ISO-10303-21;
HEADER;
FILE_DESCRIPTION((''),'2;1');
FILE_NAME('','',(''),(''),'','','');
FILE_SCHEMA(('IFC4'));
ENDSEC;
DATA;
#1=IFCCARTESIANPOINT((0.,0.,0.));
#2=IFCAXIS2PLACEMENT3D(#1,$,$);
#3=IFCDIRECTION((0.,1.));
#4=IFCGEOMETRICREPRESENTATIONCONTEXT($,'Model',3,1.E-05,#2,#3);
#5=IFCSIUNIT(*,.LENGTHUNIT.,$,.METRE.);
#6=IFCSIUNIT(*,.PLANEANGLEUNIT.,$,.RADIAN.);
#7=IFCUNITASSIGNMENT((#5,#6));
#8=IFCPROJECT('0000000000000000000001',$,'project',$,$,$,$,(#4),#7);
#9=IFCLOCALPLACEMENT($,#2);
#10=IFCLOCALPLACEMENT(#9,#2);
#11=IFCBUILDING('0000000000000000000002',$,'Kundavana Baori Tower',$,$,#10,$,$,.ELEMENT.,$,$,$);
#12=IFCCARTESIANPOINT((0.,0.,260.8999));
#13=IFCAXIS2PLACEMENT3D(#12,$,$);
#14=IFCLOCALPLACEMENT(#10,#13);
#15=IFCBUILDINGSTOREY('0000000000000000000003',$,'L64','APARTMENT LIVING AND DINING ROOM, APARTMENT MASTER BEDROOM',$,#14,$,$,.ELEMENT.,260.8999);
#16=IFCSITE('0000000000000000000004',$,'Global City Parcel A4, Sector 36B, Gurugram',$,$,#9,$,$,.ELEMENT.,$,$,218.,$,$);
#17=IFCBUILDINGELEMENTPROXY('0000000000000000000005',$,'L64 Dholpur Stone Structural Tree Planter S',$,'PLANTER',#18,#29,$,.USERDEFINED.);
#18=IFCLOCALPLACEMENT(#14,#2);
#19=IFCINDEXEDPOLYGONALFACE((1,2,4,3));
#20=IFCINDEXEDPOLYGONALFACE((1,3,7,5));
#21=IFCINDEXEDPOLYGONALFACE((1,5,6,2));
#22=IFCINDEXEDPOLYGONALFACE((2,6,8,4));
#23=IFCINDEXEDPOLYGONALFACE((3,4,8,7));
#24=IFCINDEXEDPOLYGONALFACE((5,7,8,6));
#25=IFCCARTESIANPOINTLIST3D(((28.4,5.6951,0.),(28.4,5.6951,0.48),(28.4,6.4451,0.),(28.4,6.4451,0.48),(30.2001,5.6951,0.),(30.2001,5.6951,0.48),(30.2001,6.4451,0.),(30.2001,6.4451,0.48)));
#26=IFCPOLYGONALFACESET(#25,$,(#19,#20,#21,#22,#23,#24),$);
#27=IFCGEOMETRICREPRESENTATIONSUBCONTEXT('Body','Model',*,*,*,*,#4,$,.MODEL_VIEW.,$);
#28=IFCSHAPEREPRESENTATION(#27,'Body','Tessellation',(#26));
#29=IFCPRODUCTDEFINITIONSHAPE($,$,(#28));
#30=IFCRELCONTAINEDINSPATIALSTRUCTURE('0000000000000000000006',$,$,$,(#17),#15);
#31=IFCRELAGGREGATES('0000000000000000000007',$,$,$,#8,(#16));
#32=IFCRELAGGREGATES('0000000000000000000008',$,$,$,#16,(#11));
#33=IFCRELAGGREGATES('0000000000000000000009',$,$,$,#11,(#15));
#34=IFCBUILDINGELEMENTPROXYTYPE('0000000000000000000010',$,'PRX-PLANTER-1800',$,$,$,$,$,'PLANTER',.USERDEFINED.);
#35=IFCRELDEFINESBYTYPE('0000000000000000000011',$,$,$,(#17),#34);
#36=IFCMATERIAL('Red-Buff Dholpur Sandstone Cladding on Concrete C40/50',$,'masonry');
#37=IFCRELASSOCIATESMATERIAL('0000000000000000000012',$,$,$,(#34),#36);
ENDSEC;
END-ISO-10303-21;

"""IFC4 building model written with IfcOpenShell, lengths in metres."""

from ifc_helpers import new_model, si_unit, direction, frame, origin, origin_2d, place, context, subcontext, project, spatial, rectangle, extrude, material, type_object, element, save


model = new_model("IFC4")

# Units and contexts
model_context = context("Model", 3, precision=1e-05, world=origin(), true_north=direction((0.0, 1.0)))
body_context = subcontext(model_context, "Body", "Model", "MODEL_VIEW")
ifc_project = project(units=[si_unit("LENGTHUNIT", "METRE"), si_unit("PLANEANGLEUNIT", "RADIAN")], contexts=[model_context])

# Site, building, storey
site_placement = place(None, origin())
site = spatial("IfcSite", under=ifc_project, at=site_placement, Name="Global City Parcel A4, Sector 36B, Gurugram", CompositionType="ELEMENT", RefElevation=218.0)
building_placement = place(site_placement, origin())
building = spatial("IfcBuilding", under=site, at=building_placement, Name="Kundavana Baori Tower", CompositionType="ELEMENT")
storey_placement = place(building_placement, frame((0.0, 0.0, 260.8999)))
storey = spatial("IfcBuildingStorey", under=building, at=storey_placement, Name="L64", Description="APARTMENT LIVING AND DINING ROOM, APARTMENT MASTER BEDROOM", CompositionType="ELEMENT", Elevation=260.8999)

# Building element proxy
ifc_material_1 = material(Name="Red-Buff Dholpur Sandstone Cladding on Concrete C40/50", Category="masonry")
building_element_proxy_type = type_object("IfcBuildingElementProxyType", Name="PRX-PLANTER-1800", ElementType="PLANTER", PredefinedType="USERDEFINED", material=ifc_material_1)
proxy_placement = place(storey_placement, frame((29.3, 6.0701, 0.0), z_axis=(0.0, 0.0, 1.0), x_axis=(1.0, 0.0, 0.0)))
element("IfcBuildingElementProxy", 1, at=proxy_placement, inside=storey, type_object=building_element_proxy_type, Name="L64 Dholpur Stone Structural Tree Planter S", ObjectType="PLANTER", PredefinedType="USERDEFINED", context=body_context, shape_type="SweptSolid", body=[
    extrude(rectangle(XDim=1.8, YDim=0.75, at=origin_2d()), origin(), (0.0, 0.0, 1.0), 0.48),
])

save(model, "model.ifc")
